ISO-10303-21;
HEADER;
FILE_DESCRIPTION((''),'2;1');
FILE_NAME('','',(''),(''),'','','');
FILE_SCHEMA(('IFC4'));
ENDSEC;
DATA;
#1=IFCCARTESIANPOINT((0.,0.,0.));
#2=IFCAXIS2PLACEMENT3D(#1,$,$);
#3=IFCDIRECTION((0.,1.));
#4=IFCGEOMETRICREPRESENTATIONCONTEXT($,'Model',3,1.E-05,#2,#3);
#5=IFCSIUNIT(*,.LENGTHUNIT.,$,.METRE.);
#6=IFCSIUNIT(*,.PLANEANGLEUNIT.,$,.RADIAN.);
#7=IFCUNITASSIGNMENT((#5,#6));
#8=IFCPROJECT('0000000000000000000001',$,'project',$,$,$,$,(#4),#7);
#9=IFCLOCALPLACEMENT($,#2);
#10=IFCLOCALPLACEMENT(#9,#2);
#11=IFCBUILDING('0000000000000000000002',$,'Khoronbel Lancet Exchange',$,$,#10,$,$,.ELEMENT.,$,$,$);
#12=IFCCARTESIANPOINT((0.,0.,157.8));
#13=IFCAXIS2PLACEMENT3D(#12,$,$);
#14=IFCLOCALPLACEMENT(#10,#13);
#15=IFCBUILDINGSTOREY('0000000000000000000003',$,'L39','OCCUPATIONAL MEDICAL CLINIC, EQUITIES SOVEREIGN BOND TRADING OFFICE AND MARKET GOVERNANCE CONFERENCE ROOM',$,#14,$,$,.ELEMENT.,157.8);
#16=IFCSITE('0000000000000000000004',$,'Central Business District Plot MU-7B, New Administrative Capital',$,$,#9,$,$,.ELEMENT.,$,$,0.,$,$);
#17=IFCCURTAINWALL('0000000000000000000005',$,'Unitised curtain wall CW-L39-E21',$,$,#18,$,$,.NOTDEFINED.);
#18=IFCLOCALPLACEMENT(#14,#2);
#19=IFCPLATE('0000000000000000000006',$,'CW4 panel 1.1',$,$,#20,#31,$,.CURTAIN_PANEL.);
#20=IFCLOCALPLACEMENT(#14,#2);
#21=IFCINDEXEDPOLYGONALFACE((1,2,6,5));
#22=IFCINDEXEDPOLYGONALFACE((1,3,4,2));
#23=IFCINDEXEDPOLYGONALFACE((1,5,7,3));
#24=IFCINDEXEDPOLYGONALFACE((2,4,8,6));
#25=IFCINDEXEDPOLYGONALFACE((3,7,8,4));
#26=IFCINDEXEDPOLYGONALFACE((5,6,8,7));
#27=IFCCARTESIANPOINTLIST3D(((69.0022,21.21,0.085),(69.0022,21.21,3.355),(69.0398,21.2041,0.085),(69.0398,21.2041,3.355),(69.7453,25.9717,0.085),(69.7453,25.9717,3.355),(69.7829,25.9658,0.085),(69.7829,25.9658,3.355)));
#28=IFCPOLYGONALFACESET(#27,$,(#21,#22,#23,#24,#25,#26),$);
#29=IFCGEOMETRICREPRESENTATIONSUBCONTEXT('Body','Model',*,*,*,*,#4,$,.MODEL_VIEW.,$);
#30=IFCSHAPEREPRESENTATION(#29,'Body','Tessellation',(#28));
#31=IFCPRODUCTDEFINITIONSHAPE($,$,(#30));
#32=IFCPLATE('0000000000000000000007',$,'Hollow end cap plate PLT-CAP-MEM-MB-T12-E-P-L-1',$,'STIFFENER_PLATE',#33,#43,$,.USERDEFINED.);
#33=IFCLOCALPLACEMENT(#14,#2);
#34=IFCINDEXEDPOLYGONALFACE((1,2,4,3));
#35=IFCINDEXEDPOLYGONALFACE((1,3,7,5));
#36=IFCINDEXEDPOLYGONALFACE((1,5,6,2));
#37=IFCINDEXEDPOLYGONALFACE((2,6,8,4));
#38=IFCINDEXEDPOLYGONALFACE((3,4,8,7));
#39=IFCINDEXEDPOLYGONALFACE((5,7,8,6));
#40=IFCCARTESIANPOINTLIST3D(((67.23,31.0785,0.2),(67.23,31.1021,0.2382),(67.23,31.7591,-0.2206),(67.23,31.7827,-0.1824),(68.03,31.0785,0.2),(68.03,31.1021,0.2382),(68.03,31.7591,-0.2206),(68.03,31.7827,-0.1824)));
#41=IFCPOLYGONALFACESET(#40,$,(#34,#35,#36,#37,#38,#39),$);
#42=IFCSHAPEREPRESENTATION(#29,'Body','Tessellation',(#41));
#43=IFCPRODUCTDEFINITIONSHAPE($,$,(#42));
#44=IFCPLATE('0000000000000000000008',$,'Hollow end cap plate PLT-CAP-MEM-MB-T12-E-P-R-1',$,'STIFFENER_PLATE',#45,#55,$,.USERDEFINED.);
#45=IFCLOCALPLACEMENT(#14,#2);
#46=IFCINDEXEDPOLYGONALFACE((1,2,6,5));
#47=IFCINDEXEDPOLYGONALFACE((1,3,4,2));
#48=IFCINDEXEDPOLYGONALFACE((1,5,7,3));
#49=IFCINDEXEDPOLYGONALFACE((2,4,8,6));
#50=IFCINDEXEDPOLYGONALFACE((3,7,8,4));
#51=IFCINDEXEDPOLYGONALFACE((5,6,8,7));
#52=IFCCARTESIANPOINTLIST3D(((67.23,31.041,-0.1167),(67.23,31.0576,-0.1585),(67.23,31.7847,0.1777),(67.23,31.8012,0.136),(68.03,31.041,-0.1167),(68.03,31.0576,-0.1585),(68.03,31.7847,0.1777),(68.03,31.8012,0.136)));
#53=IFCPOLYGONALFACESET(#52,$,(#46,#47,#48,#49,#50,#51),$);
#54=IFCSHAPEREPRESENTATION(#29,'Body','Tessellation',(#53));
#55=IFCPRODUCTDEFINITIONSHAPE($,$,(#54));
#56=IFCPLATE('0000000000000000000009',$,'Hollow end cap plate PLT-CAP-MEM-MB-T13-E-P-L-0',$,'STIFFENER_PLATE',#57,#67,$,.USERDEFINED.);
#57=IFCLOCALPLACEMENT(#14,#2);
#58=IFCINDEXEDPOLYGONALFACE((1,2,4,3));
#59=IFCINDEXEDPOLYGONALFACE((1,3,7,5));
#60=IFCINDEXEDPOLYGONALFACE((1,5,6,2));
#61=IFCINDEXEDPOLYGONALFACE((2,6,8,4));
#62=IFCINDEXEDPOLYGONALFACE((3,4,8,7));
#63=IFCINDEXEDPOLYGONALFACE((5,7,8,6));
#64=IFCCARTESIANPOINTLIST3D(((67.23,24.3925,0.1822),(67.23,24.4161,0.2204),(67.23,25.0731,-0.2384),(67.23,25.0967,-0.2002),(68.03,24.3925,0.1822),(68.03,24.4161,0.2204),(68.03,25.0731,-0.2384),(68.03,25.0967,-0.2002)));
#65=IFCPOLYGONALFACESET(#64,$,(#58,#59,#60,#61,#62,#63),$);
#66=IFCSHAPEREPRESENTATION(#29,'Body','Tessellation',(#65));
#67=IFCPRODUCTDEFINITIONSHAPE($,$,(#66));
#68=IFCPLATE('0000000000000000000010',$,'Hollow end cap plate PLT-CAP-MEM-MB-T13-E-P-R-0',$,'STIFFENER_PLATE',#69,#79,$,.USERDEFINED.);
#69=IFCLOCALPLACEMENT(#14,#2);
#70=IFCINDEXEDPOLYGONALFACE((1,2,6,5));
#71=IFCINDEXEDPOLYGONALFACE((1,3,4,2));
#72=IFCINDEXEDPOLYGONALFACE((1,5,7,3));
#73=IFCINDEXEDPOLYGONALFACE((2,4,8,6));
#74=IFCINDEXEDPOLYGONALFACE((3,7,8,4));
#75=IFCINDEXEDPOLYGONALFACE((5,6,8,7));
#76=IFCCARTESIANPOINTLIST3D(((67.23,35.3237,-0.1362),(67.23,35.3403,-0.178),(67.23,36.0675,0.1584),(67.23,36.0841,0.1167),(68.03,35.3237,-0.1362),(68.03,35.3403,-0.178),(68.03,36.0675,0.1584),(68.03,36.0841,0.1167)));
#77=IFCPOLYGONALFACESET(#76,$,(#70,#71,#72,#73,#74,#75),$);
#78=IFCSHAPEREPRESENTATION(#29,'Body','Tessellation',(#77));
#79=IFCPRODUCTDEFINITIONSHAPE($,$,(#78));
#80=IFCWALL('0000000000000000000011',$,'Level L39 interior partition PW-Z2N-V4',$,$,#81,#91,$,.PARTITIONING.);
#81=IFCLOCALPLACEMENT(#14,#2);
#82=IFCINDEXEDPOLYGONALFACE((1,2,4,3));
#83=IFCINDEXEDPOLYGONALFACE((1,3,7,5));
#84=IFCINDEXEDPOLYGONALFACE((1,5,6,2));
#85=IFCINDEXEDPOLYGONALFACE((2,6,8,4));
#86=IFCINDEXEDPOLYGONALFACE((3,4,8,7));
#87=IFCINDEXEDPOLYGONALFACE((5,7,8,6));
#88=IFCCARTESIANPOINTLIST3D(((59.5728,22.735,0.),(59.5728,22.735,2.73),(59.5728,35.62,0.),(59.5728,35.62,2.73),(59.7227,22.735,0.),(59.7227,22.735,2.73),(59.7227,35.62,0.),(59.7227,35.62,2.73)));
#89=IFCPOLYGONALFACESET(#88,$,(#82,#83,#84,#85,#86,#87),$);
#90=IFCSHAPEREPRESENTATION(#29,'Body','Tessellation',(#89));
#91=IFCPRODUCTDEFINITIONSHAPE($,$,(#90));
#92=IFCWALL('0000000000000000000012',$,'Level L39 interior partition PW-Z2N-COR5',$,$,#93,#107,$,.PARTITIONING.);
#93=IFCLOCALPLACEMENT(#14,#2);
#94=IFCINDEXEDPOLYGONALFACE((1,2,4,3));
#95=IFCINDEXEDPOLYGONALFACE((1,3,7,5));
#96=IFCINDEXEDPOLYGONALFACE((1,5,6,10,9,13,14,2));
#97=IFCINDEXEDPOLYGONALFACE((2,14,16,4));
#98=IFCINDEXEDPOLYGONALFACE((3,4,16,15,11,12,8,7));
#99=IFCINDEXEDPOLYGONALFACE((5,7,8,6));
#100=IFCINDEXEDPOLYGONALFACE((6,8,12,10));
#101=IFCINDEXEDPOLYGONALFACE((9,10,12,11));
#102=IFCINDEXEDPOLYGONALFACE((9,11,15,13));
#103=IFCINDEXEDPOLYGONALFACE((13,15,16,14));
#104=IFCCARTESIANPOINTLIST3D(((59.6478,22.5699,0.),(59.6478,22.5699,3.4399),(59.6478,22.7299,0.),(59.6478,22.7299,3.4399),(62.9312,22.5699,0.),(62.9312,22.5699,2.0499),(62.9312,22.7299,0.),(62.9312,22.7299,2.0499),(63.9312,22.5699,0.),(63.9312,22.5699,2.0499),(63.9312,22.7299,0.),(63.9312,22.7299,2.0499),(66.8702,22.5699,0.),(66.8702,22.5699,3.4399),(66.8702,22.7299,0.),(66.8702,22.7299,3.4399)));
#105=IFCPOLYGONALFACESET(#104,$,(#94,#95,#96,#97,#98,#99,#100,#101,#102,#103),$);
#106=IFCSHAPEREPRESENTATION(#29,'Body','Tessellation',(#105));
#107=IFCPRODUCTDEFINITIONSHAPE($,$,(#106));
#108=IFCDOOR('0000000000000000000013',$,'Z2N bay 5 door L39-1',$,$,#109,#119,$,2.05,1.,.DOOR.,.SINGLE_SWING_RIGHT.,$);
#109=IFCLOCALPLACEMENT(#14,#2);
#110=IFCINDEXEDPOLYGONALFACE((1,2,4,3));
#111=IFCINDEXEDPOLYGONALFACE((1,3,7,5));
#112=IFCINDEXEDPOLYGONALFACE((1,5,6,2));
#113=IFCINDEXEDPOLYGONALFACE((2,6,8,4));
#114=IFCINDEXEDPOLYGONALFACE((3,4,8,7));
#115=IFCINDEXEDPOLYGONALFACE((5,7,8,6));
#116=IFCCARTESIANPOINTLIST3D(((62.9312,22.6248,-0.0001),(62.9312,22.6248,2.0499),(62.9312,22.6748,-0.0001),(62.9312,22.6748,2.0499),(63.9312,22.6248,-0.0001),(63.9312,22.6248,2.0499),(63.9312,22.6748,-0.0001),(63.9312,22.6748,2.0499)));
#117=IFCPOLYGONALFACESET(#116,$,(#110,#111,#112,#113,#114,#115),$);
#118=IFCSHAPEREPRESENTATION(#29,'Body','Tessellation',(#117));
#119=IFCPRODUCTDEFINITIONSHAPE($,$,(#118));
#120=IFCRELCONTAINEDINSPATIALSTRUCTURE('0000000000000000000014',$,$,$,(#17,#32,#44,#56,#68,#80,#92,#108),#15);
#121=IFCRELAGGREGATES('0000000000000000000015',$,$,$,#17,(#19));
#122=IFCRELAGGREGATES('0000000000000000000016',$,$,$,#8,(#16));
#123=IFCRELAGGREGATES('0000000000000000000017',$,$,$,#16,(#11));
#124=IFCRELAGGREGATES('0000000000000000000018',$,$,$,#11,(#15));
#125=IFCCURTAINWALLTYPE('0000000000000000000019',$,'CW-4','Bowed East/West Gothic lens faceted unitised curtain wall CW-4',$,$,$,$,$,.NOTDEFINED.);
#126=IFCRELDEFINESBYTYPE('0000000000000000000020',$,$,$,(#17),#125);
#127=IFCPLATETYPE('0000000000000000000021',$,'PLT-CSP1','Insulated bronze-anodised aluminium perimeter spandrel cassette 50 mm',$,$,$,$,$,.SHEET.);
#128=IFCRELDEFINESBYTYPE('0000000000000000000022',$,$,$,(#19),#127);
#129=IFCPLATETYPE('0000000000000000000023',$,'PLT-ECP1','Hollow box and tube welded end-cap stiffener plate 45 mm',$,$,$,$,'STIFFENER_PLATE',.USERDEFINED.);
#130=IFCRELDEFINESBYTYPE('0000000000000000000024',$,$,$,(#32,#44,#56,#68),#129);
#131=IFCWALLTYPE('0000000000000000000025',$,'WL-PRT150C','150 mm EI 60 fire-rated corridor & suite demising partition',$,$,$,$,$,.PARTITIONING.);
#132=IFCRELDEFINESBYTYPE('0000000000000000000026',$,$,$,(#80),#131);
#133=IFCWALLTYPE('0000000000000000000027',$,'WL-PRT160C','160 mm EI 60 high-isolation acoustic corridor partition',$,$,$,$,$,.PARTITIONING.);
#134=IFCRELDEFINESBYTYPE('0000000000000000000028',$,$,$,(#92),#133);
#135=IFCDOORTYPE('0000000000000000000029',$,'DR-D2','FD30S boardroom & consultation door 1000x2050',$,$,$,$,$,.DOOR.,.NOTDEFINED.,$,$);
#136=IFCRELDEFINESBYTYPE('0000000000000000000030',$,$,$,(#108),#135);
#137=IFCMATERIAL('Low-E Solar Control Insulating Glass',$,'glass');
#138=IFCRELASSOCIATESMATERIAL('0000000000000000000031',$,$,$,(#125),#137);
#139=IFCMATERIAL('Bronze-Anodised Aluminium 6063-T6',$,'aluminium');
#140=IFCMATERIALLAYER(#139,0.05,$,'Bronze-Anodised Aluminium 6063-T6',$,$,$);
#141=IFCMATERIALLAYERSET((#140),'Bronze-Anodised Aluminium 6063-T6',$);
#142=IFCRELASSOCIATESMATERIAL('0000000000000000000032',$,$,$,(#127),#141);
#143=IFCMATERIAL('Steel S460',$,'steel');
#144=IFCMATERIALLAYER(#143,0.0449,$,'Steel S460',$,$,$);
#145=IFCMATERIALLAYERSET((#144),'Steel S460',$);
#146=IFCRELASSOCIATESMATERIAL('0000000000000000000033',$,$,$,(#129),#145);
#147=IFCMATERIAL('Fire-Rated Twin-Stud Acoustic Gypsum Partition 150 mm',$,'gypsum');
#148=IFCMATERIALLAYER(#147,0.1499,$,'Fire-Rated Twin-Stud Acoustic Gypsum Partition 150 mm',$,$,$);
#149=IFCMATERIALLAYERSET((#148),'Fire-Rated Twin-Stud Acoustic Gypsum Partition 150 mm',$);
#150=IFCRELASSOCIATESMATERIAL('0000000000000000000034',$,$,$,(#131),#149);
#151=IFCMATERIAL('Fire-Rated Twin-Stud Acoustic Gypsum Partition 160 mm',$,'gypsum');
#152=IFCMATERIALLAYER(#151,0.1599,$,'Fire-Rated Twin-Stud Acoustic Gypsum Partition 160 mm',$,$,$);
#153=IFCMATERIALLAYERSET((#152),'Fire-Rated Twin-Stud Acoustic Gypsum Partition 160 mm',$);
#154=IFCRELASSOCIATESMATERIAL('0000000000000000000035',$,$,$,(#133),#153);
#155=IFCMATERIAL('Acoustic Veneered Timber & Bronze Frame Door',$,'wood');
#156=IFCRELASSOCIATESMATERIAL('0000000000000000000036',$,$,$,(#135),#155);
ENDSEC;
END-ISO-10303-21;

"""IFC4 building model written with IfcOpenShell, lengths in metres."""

from ifc_helpers import new_model, si_unit, direction, frame, frame_2d, origin, origin_2d, place, context, subcontext, project, spatial, polyline, rectangle, outline, extrude, material, layer, layer_set, type_object, element, fill, aggregate, save


model = new_model("IFC4")

# Units and contexts
model_context = context("Model", 3, precision=1e-05, world=origin(), true_north=direction((0.0, 1.0)))
body_context = subcontext(model_context, "Body", "Model", "MODEL_VIEW")
ifc_project = project(units=[si_unit("LENGTHUNIT", "METRE"), si_unit("PLANEANGLEUNIT", "RADIAN")], contexts=[model_context])

# Site, building, storey
site_placement = place(None, origin())
site = spatial("IfcSite", under=ifc_project, at=site_placement, Name="Central Business District Plot MU-7B, New Administrative Capital", CompositionType="ELEMENT", RefElevation=0.0)
building_placement = place(site_placement, origin())
building = spatial("IfcBuilding", under=site, at=building_placement, Name="Khoronbel Lancet Exchange", CompositionType="ELEMENT")
storey_placement = place(building_placement, frame((0.0, 0.0, 157.8)))
storey = spatial("IfcBuildingStorey", under=building, at=storey_placement, Name="L39", Description="OCCUPATIONAL MEDICAL CLINIC, EQUITIES SOVEREIGN BOND TRADING OFFICE AND MARKET GOVERNANCE CONFERENCE ROOM", CompositionType="ELEMENT", Elevation=157.8)

# Shared definitions
ifc_material_1 = material(Name="Low-E Solar Control Insulating Glass", Category="glass")
curtain_wall_type = type_object("IfcCurtainWallType", Name="CW-4", Description="Bowed East/West Gothic lens faceted unitised curtain wall CW-4", PredefinedType="NOTDEFINED", material=ifc_material_1)
ifc_material_2 = material(Name="Bronze-Anodised Aluminium 6063-T6", Category="aluminium")

# Curtain wall
curtain_wall_1_placement = place(storey_placement, origin())
curtain_wall_1 = element("IfcCurtainWall", 1, at=curtain_wall_1_placement, inside=storey, type_object=curtain_wall_type, Name="Unitised curtain wall CW-L39-E21", PredefinedType="NOTDEFINED")

# Shared definitions
ifc_material_3 = material(Name="Steel S460", Category="steel")

# Plate
ifc_layer_1 = layer(ifc_material_2, 0.05, Name="Bronze-Anodised Aluminium 6063-T6")
ifc_layer_set_1 = layer_set([ifc_layer_1], Name="Bronze-Anodised Aluminium 6063-T6")
plate_type_1 = type_object("IfcPlateType", Name="PLT-CSP1", Description="Insulated bronze-anodised aluminium perimeter spandrel cassette 50 mm", PredefinedType="SHEET", material=ifc_layer_set_1)
plate_1_placement = place(storey_placement, frame((69.3926, 23.5879, 0.085), z_axis=(0.0, 0.0, 1.0), x_axis=(-0.154189, -0.988041, 0.0)))
plate_1 = element("IfcPlate", 2, at=plate_1_placement, type_object=plate_type_1, Name="CW4 panel 1.1", PredefinedType="CURTAIN_PANEL", context=body_context, shape_type="SweptSolid", body=[
    extrude(rectangle(XDim=4.8193, YDim=0.0381, at=origin_2d()), origin(), (0.0, 0.0, 1.0), 3.27),
])
aggregate(curtain_wall_1, [plate_1])

# Plates
ifc_layer_2 = layer(ifc_material_3, 0.0449, Name="Steel S460")
ifc_layer_set_2 = layer_set([ifc_layer_2], Name="Steel S460")
plate_type_2 = type_object("IfcPlateType", Name="PLT-ECP1", Description="Hollow box and tube welded end-cap stiffener plate 45 mm", ElementType="STIFFENER_PLATE", PredefinedType="USERDEFINED", material=ifc_layer_set_2)
plate_2_placement = place(storey_placement, frame((68.03, 31.7827, -0.1824), z_axis=(0.0, 0.525714, 0.850662), x_axis=(-1.0, 0.0, 0.0)))
element("IfcPlate", 3, at=plate_2_placement, inside=storey, type_object=plate_type_2, Name="Hollow end cap plate PLT-CAP-MEM-MB-T12-E-P-L-1", ObjectType="STIFFENER_PLATE", PredefinedType="USERDEFINED", context=body_context, shape_type="SweptSolid", body=[
    extrude(outline(polyline([(0.0, 0.0), (0.8, 0.0), (0.8, 0.8), (0.0, 0.8), (0.0, 0.0)])), origin(), (0.0, 0.0, -1.0), 0.0449),
])
plate_3_placement = place(storey_placement, frame((67.23, 31.041, -0.1167), z_axis=(0.0, -0.368125, 0.929776), x_axis=(1.0, 0.0, 0.0)))
element("IfcPlate", 4, at=plate_3_placement, inside=storey, type_object=plate_type_2, Name="Hollow end cap plate PLT-CAP-MEM-MB-T12-E-P-R-1", ObjectType="STIFFENER_PLATE", PredefinedType="USERDEFINED", context=body_context, shape_type="SweptSolid", body=[
    extrude(outline(polyline([(0.0, 0.0), (0.8, 0.0), (0.8, 0.7998), (0.0, 0.7998), (0.0, 0.0)])), origin(), (0.0, 0.0, -1.0), 0.0449),
])
for number, where, z_axis, x_axis, name in (
    (5, (68.03, 25.0967, -0.2002), (0.0, 0.525714, 0.850662), (-1.0, 0.0, 0.0), "Hollow end cap plate PLT-CAP-MEM-MB-T13-E-P-L-0"),
    (6, (67.23, 35.3237, -0.1362), (0.0, -0.368285, 0.929713), (1.0, 0.0, 0.0), "Hollow end cap plate PLT-CAP-MEM-MB-T13-E-P-R-0"),
):
    element("IfcPlate", number, at=place(storey_placement, frame(where, z_axis=z_axis, x_axis=x_axis)), inside=storey, type_object=plate_type_2, Name=name, ObjectType="STIFFENER_PLATE", PredefinedType="USERDEFINED", context=body_context, shape_type="SweptSolid", body=[
        extrude(outline(polyline([(0.0, 0.0), (0.8, 0.0), (0.8, 0.8), (0.0, 0.8), (0.0, 0.0)])), origin(), (0.0, 0.0, -1.0), 0.0449),
    ])

# Wall
ifc_material_4 = material(Name="Fire-Rated Twin-Stud Acoustic Gypsum Partition 150 mm", Category="gypsum")
ifc_layer_3 = layer(ifc_material_4, 0.1499, Name="Fire-Rated Twin-Stud Acoustic Gypsum Partition 150 mm")
ifc_layer_set_3 = layer_set([ifc_layer_3], Name="Fire-Rated Twin-Stud Acoustic Gypsum Partition 150 mm")
wall_type_1 = type_object("IfcWallType", Name="WL-PRT150C", Description="150 mm EI 60 fire-rated corridor & suite demising partition", PredefinedType="PARTITIONING", material=ifc_layer_set_3)
wall_1_placement = place(storey_placement, frame((59.6477, 22.7351, 0.0), z_axis=(0.0, 0.0, 1.0), x_axis=(0.0, 1.0, 0.0)))
element("IfcWall", 7, at=wall_1_placement, inside=storey, type_object=wall_type_1, Name="Level L39 interior partition PW-Z2N-V4", PredefinedType="PARTITIONING", context=body_context, shape_type="SweptSolid", body=[
    extrude(rectangle(XDim=12.885, YDim=0.1499, at=frame_2d((6.4424, 0.0))), origin(), (0.0, 0.0, 1.0), 2.73),
])

# Wall, opening, door
ifc_material_5 = material(Name="Fire-Rated Twin-Stud Acoustic Gypsum Partition 160 mm", Category="gypsum")
ifc_layer_4 = layer(ifc_material_5, 0.1599, Name="Fire-Rated Twin-Stud Acoustic Gypsum Partition 160 mm")
ifc_layer_set_4 = layer_set([ifc_layer_4], Name="Fire-Rated Twin-Stud Acoustic Gypsum Partition 160 mm")
wall_type_2 = type_object("IfcWallType", Name="WL-PRT160C", Description="160 mm EI 60 high-isolation acoustic corridor partition", PredefinedType="PARTITIONING", material=ifc_layer_set_4)
wall_2_placement = place(storey_placement, frame((59.6477, 22.6499, 0.0), z_axis=(0.0, 0.0, 1.0), x_axis=(1.0, 0.0, 0.0)))
wall_2 = element("IfcWall", 8, at=wall_2_placement, inside=storey, type_object=wall_type_2, Name="Level L39 interior partition PW-Z2N-COR5", PredefinedType="PARTITIONING", context=body_context, shape_type="SweptSolid", body=[
    extrude(rectangle(XDim=7.2224, YDim=0.1599, at=frame_2d((3.6113, 0.0))), origin(), (0.0, 0.0, 1.0), 3.4399),
])
opening_placement = place(wall_2_placement, frame((3.2834, 0.0, 0.0)))
opening = element("IfcOpeningElement", 9, at=opening_placement, cuts=wall_2, PredefinedType="OPENING", context=body_context, shape_type="SweptSolid", body=[
    extrude(rectangle(XDim=1.0, YDim=2.05, at=frame_2d((0.5, 1.0249))), frame((0.0, 0.0898, 0.0), z_axis=(0.0, -1.0, 0.0), x_axis=(1.0, 0.0, 0.0)), (0.0, 0.0, 1.0), 0.1799),
])
ifc_material_6 = material(Name="Acoustic Veneered Timber & Bronze Frame Door", Category="wood")
door_type = type_object("IfcDoorType", Name="DR-D2", Description="FD30S boardroom & consultation door 1000x2050", OperationType="NOTDEFINED", PredefinedType="DOOR", material=ifc_material_6)
door_placement = place(opening_placement, origin())
door = element("IfcDoor", 10, at=door_placement, inside=storey, type_object=door_type, Name="Z2N bay 5 door L39-1", OperationType="SINGLE_SWING_RIGHT", OverallHeight=2.05, OverallWidth=1.0, PredefinedType="DOOR", context=body_context, shape_type="SweptSolid", body=[
    extrude(rectangle(XDim=1.0, YDim=2.05, at=frame_2d((0.5, 1.0249))), frame((0.0, 0.0249, 0.0), z_axis=(0.0, -1.0, 0.0), x_axis=(1.0, 0.0, 0.0)), (0.0, 0.0, 1.0), 0.05),
])
fill(opening, door)

save(model, "model.ifc")
